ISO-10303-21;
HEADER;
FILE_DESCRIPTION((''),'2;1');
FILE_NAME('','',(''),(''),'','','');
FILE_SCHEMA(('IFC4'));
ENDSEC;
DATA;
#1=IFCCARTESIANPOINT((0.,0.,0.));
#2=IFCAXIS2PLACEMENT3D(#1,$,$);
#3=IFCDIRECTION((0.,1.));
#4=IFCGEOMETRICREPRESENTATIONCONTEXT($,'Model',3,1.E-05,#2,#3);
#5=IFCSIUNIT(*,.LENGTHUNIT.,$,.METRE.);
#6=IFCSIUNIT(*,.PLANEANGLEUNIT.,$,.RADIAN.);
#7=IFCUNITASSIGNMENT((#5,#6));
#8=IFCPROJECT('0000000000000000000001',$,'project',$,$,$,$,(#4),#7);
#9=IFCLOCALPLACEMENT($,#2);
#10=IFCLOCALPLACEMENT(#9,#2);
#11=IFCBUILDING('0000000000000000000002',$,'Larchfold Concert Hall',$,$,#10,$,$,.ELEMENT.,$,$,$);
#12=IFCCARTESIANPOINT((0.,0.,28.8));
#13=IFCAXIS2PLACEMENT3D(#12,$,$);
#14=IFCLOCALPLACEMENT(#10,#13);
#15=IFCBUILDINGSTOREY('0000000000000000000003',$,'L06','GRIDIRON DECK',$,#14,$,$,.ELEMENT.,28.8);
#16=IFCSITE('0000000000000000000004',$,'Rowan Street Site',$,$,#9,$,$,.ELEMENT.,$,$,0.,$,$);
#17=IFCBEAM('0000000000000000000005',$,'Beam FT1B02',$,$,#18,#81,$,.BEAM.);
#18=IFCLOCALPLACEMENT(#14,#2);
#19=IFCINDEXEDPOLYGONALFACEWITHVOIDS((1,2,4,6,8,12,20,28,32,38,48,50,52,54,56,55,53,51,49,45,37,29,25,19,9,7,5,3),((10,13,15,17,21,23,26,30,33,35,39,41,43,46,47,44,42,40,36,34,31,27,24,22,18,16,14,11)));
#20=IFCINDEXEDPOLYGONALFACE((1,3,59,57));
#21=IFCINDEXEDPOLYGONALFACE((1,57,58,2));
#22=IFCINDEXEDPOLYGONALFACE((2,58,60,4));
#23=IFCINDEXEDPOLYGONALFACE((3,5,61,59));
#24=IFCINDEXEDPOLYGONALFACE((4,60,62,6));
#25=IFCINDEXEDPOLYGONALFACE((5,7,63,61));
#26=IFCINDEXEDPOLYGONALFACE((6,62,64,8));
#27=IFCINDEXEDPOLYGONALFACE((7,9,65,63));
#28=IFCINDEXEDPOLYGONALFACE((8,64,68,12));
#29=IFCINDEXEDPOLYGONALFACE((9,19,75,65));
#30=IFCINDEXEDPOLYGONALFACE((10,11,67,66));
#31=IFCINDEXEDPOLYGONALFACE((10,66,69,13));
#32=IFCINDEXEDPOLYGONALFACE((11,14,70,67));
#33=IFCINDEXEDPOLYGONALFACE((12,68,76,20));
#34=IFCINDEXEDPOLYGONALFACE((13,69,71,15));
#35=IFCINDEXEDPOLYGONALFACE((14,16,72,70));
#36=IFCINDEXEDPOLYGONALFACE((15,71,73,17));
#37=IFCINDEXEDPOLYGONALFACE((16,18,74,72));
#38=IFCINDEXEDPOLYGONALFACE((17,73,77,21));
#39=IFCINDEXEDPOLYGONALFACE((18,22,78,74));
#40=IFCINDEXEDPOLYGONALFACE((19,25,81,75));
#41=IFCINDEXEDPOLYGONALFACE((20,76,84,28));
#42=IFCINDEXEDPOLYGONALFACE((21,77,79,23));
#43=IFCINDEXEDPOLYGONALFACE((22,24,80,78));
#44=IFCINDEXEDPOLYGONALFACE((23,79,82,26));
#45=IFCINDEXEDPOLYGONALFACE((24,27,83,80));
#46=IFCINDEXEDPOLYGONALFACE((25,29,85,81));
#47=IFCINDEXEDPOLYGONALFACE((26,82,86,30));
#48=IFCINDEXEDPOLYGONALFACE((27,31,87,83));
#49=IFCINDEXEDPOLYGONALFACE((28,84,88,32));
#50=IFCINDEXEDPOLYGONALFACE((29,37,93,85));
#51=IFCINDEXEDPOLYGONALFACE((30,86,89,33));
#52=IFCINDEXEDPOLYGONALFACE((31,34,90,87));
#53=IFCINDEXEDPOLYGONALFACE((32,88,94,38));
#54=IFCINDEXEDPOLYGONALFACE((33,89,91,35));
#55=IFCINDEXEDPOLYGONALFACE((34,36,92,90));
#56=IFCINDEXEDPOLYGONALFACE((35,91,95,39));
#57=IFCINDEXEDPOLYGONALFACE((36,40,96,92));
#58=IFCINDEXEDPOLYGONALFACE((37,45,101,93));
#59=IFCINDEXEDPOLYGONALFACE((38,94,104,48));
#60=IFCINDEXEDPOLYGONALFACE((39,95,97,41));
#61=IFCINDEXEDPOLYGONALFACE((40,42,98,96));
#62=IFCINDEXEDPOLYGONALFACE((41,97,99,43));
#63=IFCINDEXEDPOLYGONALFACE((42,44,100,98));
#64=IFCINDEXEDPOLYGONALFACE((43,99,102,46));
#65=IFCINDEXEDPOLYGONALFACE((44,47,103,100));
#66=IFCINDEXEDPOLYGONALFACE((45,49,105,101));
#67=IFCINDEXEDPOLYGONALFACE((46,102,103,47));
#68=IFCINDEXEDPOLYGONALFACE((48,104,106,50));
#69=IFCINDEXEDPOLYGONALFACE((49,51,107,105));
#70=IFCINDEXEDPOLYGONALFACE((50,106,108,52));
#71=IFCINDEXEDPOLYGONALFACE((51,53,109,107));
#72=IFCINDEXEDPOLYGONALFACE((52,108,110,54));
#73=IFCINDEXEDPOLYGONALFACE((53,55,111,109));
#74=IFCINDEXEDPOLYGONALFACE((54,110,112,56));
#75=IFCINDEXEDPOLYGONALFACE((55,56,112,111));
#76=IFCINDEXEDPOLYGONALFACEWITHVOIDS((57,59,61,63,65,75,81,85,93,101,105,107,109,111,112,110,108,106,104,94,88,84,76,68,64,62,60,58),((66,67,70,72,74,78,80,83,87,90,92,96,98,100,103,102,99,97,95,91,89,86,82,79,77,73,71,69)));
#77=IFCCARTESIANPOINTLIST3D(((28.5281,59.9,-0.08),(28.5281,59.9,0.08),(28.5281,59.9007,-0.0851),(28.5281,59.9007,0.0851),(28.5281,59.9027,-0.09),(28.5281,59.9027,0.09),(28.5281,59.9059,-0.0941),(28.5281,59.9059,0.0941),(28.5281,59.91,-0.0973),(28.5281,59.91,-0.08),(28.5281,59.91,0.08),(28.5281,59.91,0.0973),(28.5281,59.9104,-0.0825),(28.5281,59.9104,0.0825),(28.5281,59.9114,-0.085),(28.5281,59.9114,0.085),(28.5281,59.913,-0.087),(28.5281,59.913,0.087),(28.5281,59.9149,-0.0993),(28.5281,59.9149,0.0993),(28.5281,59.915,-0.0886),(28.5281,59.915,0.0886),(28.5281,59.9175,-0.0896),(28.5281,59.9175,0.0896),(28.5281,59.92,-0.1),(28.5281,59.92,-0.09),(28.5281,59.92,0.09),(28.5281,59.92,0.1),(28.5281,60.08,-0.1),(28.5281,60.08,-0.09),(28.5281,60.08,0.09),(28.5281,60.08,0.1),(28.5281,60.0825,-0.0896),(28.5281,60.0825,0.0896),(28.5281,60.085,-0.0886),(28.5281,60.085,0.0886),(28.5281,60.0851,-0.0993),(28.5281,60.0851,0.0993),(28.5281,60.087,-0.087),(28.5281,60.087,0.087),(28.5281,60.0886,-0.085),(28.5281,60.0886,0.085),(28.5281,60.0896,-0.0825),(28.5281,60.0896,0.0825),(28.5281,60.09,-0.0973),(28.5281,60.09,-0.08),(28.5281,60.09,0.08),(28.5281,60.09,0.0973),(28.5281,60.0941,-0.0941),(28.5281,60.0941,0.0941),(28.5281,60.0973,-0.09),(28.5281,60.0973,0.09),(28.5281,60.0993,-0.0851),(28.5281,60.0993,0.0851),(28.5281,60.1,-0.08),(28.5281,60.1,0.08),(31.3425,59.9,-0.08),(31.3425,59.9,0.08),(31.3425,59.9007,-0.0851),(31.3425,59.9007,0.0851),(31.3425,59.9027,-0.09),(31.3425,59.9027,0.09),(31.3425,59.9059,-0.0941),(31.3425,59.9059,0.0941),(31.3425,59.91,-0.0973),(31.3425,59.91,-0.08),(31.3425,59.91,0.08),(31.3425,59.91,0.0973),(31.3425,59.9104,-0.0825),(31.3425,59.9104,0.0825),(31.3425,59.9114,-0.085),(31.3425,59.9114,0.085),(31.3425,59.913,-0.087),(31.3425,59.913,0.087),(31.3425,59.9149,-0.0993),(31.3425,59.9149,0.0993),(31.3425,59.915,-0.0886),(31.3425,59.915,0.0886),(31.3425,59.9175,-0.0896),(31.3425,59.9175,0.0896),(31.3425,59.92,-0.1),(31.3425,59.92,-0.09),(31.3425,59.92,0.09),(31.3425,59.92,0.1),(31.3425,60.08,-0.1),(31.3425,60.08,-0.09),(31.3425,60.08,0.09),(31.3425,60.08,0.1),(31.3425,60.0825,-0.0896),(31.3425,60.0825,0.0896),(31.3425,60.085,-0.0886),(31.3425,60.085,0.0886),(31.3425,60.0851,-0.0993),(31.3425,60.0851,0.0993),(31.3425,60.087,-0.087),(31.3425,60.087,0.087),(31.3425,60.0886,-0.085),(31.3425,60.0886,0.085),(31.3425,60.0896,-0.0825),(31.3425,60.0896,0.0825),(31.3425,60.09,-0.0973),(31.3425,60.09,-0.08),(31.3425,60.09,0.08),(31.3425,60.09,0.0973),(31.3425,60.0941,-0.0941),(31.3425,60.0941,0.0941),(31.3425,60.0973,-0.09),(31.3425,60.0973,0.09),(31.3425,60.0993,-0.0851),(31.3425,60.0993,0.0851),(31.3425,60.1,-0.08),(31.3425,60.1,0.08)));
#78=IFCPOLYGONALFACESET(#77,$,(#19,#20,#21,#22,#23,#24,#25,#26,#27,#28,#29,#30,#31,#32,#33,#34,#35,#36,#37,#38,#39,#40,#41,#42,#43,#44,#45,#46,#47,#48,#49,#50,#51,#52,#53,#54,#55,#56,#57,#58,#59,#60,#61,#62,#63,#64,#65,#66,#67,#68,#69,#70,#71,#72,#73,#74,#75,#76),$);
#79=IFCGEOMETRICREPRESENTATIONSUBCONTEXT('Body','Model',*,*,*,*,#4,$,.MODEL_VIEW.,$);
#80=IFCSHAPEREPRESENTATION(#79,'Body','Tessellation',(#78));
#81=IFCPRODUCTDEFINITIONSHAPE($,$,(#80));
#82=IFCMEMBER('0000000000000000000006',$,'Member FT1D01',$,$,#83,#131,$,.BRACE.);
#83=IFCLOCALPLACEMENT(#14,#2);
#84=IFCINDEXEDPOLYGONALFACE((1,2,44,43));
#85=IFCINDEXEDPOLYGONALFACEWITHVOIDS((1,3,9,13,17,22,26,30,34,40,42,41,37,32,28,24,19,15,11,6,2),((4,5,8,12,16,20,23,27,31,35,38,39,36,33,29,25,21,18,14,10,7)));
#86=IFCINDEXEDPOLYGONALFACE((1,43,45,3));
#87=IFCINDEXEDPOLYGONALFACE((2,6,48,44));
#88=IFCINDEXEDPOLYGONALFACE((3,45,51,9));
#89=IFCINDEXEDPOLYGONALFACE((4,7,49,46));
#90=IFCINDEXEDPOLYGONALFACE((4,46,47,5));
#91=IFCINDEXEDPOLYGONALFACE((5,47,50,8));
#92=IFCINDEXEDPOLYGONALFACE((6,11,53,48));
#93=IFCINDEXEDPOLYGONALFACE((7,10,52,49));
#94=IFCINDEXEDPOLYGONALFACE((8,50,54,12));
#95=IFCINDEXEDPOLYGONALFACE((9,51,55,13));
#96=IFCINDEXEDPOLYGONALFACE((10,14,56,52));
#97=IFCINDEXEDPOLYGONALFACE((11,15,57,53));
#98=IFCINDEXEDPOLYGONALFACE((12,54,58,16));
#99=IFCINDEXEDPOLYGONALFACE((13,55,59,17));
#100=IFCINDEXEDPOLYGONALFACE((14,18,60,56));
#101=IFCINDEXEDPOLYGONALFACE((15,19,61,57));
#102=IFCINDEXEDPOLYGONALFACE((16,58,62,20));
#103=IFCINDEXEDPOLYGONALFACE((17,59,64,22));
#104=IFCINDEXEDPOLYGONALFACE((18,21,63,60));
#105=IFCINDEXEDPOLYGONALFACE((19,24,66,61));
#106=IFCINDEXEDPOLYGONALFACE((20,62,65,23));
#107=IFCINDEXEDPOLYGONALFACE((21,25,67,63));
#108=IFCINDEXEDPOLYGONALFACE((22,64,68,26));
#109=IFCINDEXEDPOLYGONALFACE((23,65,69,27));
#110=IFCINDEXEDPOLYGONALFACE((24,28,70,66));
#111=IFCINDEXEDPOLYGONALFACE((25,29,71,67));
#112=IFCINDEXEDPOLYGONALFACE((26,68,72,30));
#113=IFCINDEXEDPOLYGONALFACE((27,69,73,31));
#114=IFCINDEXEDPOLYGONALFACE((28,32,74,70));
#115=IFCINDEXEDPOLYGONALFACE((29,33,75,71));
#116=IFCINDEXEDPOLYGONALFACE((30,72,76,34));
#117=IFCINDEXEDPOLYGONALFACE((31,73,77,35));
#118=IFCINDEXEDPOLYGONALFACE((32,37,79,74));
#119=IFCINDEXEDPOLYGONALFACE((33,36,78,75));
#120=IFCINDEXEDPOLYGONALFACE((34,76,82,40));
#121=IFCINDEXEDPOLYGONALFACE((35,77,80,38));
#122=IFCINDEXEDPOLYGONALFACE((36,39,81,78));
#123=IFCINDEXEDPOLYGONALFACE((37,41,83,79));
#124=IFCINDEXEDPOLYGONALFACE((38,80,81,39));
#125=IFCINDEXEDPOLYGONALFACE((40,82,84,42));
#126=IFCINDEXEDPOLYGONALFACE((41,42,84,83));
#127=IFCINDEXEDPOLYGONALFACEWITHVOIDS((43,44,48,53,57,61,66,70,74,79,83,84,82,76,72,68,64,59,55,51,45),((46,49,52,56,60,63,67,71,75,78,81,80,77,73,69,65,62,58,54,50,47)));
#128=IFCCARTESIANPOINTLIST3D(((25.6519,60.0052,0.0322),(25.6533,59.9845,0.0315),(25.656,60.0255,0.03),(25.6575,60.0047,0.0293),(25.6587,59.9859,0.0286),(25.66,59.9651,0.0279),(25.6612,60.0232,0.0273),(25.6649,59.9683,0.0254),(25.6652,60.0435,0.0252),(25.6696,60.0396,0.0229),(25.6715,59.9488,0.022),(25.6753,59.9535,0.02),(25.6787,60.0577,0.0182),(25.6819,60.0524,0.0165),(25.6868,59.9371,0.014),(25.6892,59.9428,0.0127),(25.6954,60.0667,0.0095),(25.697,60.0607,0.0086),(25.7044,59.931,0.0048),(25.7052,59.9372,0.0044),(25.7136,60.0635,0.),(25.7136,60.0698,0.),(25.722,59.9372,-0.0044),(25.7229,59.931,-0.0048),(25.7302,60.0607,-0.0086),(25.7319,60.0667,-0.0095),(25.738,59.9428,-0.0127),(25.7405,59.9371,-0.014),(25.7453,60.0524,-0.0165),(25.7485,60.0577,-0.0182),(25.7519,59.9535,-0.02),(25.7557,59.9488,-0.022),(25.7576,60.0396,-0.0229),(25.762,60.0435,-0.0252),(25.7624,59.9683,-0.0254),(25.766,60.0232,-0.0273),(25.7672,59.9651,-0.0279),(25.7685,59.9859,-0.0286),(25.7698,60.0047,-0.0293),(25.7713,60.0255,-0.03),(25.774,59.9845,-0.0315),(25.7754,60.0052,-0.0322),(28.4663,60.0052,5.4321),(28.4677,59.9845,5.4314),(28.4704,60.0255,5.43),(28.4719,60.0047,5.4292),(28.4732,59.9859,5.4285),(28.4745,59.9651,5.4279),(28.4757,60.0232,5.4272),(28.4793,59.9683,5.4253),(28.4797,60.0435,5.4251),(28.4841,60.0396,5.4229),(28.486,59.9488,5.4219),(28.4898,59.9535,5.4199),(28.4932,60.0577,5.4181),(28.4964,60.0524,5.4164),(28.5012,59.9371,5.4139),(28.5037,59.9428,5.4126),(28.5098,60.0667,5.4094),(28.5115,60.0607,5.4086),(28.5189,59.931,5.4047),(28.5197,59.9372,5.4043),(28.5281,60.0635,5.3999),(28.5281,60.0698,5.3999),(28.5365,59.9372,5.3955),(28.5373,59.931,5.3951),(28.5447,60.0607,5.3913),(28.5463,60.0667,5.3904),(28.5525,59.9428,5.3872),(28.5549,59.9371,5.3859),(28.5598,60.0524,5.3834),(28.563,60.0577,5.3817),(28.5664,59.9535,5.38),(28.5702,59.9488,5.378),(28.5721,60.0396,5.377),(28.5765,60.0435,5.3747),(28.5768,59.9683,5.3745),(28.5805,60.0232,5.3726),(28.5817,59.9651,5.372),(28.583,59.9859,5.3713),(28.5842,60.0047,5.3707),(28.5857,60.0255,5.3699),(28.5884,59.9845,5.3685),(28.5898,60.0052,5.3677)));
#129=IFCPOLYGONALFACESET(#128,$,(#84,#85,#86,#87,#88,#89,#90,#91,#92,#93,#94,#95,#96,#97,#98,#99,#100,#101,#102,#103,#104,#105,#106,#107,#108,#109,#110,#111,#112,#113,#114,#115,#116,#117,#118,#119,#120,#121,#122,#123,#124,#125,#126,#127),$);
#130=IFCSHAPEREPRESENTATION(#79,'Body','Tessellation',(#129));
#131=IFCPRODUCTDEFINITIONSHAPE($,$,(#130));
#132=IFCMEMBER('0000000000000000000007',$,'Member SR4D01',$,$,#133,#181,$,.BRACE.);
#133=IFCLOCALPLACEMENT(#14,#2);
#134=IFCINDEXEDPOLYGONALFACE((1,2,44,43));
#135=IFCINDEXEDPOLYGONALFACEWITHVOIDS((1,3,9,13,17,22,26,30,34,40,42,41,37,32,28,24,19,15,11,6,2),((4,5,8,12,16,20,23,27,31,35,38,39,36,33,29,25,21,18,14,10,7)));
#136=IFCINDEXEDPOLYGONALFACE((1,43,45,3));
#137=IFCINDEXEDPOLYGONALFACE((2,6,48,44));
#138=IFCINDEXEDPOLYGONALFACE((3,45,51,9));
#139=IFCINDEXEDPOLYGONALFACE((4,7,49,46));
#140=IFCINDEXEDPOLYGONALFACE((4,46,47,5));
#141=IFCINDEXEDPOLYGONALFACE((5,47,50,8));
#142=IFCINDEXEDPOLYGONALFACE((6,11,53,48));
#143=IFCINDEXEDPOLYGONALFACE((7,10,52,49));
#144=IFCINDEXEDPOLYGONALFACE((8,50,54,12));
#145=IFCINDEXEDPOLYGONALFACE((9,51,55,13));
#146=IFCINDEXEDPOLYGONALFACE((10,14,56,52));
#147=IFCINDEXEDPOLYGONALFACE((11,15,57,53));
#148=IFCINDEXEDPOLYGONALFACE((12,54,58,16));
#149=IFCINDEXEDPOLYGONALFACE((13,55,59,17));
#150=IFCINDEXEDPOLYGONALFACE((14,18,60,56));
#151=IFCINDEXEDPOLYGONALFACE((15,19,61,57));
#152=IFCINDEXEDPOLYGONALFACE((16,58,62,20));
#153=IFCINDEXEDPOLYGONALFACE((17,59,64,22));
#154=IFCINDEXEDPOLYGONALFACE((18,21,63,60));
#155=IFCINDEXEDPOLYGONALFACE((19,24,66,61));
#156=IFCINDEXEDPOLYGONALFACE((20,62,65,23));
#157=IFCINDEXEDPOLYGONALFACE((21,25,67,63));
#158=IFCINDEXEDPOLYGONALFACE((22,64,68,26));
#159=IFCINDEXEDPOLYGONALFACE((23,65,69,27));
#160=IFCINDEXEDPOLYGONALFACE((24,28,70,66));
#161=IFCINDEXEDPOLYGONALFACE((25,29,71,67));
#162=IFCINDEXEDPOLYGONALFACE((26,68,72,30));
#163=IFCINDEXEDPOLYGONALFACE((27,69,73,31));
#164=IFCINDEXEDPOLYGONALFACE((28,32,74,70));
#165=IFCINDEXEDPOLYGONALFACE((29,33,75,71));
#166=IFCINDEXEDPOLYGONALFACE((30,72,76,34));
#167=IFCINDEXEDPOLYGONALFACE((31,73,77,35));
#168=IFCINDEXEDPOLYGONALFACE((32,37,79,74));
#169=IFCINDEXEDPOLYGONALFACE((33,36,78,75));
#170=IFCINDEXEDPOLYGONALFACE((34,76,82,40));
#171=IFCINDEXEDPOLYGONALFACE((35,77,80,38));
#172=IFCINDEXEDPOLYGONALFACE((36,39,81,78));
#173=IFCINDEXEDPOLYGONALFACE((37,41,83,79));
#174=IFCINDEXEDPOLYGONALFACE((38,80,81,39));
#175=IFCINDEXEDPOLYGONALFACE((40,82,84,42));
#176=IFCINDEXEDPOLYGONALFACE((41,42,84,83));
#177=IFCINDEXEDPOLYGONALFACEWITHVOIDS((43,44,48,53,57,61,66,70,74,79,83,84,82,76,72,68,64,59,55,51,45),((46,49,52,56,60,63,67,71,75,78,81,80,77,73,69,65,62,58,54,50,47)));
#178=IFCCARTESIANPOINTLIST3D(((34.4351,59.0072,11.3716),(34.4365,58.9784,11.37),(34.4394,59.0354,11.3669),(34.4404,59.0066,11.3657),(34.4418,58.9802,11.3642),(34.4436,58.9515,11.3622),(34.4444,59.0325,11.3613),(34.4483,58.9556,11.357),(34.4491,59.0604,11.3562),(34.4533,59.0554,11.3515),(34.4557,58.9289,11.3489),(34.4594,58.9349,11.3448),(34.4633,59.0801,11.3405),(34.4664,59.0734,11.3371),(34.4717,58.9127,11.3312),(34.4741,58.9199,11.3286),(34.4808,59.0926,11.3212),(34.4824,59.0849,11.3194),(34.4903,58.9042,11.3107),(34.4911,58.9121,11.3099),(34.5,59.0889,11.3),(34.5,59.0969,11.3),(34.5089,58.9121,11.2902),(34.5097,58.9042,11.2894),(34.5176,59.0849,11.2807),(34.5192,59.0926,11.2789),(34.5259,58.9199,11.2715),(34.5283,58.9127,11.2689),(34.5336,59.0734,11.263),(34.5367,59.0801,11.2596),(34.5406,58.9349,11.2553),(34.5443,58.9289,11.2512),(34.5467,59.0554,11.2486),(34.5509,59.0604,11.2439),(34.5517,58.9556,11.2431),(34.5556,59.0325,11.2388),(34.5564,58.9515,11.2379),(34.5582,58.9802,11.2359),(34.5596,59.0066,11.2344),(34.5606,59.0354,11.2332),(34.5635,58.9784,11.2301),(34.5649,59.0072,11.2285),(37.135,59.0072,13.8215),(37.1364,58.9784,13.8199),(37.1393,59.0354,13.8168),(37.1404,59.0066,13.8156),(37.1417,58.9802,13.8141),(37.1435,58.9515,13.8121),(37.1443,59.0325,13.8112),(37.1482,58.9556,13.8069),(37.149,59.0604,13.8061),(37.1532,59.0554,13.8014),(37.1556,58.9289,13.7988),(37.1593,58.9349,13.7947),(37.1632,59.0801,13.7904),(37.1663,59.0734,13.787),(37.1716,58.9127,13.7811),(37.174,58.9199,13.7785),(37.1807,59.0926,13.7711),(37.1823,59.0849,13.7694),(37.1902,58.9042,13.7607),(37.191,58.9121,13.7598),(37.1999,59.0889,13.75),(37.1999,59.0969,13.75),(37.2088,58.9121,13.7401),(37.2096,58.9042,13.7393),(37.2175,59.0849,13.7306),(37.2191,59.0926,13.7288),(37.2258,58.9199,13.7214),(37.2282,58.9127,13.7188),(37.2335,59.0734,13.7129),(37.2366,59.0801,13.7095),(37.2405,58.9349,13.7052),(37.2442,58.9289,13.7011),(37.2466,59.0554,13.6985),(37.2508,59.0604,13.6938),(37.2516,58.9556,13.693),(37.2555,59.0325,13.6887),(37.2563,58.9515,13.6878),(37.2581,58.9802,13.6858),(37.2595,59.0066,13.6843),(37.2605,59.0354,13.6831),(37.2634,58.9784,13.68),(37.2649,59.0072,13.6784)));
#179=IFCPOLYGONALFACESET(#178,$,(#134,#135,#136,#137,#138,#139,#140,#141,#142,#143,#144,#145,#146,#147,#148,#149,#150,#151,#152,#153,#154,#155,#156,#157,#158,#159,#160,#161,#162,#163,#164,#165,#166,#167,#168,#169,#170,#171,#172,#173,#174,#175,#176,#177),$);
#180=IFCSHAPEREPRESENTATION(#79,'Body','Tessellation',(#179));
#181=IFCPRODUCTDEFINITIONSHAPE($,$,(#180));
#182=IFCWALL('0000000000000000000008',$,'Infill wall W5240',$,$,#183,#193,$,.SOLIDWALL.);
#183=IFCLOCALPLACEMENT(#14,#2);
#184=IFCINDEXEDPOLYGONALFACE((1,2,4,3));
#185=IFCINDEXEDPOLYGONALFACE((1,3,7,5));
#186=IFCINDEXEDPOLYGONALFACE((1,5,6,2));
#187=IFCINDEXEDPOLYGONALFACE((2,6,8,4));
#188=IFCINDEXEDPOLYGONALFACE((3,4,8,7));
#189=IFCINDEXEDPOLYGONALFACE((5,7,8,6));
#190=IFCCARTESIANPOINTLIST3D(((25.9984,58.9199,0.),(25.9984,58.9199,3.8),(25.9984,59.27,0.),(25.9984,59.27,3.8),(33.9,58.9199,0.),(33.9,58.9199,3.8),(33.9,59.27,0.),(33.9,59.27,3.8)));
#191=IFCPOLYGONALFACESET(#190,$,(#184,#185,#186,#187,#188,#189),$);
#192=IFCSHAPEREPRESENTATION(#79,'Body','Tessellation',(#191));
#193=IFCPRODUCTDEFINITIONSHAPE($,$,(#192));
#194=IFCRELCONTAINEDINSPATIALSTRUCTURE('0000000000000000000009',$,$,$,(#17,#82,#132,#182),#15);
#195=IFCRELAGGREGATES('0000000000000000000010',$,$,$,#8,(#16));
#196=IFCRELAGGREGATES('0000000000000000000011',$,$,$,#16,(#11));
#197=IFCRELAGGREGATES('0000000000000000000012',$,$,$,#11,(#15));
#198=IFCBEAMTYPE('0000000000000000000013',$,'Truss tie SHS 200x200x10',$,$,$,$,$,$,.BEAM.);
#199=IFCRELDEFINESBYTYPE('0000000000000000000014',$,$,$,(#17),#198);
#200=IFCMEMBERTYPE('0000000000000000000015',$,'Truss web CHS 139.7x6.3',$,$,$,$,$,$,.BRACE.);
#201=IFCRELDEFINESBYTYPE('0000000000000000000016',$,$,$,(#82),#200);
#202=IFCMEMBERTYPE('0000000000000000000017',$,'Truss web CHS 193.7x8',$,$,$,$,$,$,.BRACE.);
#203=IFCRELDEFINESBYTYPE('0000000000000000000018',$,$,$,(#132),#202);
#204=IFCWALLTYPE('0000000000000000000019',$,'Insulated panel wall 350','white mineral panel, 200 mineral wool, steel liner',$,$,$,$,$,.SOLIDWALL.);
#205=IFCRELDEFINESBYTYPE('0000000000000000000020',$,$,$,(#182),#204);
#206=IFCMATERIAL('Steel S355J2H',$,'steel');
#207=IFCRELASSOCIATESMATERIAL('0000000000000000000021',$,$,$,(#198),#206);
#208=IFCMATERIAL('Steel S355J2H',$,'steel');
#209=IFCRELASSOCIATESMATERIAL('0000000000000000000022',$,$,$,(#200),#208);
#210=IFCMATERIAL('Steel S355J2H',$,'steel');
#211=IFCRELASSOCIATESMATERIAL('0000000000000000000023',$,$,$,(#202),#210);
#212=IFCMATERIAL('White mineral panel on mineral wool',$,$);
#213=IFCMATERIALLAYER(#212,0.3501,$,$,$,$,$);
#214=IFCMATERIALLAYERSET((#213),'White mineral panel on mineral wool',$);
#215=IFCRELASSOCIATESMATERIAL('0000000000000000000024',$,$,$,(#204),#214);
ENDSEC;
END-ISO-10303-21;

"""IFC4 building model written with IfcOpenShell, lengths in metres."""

from ifc_helpers import new_model, si_unit, direction, frame, frame_2d, origin, origin_2d, place, context, subcontext, project, spatial, rectangle, hollow_rectangle, hollow_circle, extrude, material, layer, layer_set, material_profile, profile_set, type_object, element, save


model = new_model("IFC4")

# Units and contexts
model_context = context("Model", 3, precision=1e-05, world=origin(), true_north=direction((0.0, 1.0)))
body_context = subcontext(model_context, "Body", "Model", "MODEL_VIEW")
ifc_project = project(units=[si_unit("LENGTHUNIT", "METRE"), si_unit("PLANEANGLEUNIT", "RADIAN")], contexts=[model_context])

# Site, building, storey
site_placement = place(None, origin())
site = spatial("IfcSite", under=ifc_project, at=site_placement, Name="Rowan Street Site", CompositionType="ELEMENT", RefElevation=0.0)
building_placement = place(site_placement, origin())
building = spatial("IfcBuilding", under=site, at=building_placement, Name="Larchfold Concert Hall", CompositionType="ELEMENT")
storey_placement = place(building_placement, frame((0.0, 0.0, 28.8)))
storey = spatial("IfcBuildingStorey", under=building, at=storey_placement, Name="L06", Description="GRIDIRON DECK", CompositionType="ELEMENT", Elevation=28.8)

# Beam
ifc_material_1 = material(Name="Steel S355J2H", Category="steel")
ifc_material_profile_1 = material_profile(ifc_material_1, hollow_rectangle(XDim=0.2, YDim=0.2, WallThickness=0.01, InnerFilletRadius=0.01, OuterFilletRadius=0.02, at=origin_2d()))
ifc_profile_set_1 = profile_set([ifc_material_profile_1], Name="Steel S355J2H")
beam_type_1 = type_object("IfcBeamType", Name="Truss tie SHS 200x200x10", PredefinedType="BEAM", material=ifc_profile_set_1)
for number, where, z_axis, x_axis, name in (
    (1, (28.5281, 60.0, 0.0), (1.0, 0.0, 0.0), (0.0, 1.0, 0.0), "Beam FT1B02"),
):
    element("IfcBeam", number, at=place(storey_placement, frame(where, z_axis=z_axis, x_axis=x_axis)), inside=storey, type_object=beam_type_1, Name=name, PredefinedType="BEAM", context=body_context, shape_type="SweptSolid", body=[
        extrude(hollow_rectangle(XDim=0.2, YDim=0.2, WallThickness=0.01, InnerFilletRadius=0.01, OuterFilletRadius=0.02, at=origin_2d()), origin(), (0.0, 0.0, 1.0), 2.8145),
    ])

# Members
ifc_material_2 = material(Name="Steel S355J2H", Category="steel")
ifc_material_profile_2 = material_profile(ifc_material_2, hollow_circle(Radius=0.0698, WallThickness=0.0063, at=origin_2d()))
ifc_profile_set_2 = profile_set([ifc_material_profile_2], Name="Steel S355J2H")
member_type_1 = type_object("IfcMemberType", Name="Truss web CHS 139.7x6.3", PredefinedType="BRACE", material=ifc_profile_set_2)
member_1_placement = place(storey_placement, frame((25.7136, 60.0, 0.0), z_axis=(0.462193, 0.0, 0.886779), x_axis=(0.0, 1.0, 0.0)))
element("IfcMember", 2, at=member_1_placement, inside=storey, type_object=member_type_1, Name="Member FT1D01", PredefinedType="BRACE", context=body_context, shape_type="SweptSolid", body=[
    extrude(hollow_circle(Radius=0.0698, WallThickness=0.0063, at=origin_2d()), origin(), (0.0, 0.0, 1.0), 6.0894),
])
ifc_material_3 = material(Name="Steel S355J2H", Category="steel")
ifc_material_profile_3 = material_profile(ifc_material_3, hollow_circle(Radius=0.0969, WallThickness=0.0081, at=origin_2d()))
ifc_profile_set_3 = profile_set([ifc_material_profile_3], Name="Steel S355J2H")
member_type_2 = type_object("IfcMemberType", Name="Truss web CHS 193.7x8", PredefinedType="BRACE", material=ifc_profile_set_3)
member_2_placement = place(storey_placement, frame((34.5, 59.0, 11.3), z_axis=(0.740561, 0.0, 0.671989), x_axis=(0.0, 1.0, 0.0)))
element("IfcMember", 3, at=member_2_placement, inside=storey, type_object=member_type_2, Name="Member SR4D01", PredefinedType="BRACE", context=body_context, shape_type="SweptSolid", body=[
    extrude(hollow_circle(Radius=0.0969, WallThickness=0.0081, at=origin_2d()), origin(), (0.0, 0.0, 1.0), 3.6458),
])

# Wall
ifc_material_4 = material(Name="White mineral panel on mineral wool")
ifc_layer_1 = layer(ifc_material_4, 0.3501)
ifc_layer_set_1 = layer_set([ifc_layer_1], Name="White mineral panel on mineral wool")
wall_type_1 = type_object("IfcWallType", Name="Insulated panel wall 350", Description="white mineral panel, 200 mineral wool, steel liner", PredefinedType="SOLIDWALL", material=ifc_layer_set_1)
wall_1_placement = place(storey_placement, frame((33.8999, 59.095, 0.0), z_axis=(0.0, 0.0, 1.0), x_axis=(-1.0, 0.0, 0.0)))
element("IfcWall", 4, at=wall_1_placement, inside=storey, type_object=wall_type_1, Name="Infill wall W5240", PredefinedType="SOLIDWALL", context=body_context, shape_type="SweptSolid", body=[
    extrude(rectangle(XDim=7.9016, YDim=0.3501, at=frame_2d((3.9507, 0.0))), origin(), (0.0, 0.0, 1.0), 3.8),
])

save(model, "model.ifc")
